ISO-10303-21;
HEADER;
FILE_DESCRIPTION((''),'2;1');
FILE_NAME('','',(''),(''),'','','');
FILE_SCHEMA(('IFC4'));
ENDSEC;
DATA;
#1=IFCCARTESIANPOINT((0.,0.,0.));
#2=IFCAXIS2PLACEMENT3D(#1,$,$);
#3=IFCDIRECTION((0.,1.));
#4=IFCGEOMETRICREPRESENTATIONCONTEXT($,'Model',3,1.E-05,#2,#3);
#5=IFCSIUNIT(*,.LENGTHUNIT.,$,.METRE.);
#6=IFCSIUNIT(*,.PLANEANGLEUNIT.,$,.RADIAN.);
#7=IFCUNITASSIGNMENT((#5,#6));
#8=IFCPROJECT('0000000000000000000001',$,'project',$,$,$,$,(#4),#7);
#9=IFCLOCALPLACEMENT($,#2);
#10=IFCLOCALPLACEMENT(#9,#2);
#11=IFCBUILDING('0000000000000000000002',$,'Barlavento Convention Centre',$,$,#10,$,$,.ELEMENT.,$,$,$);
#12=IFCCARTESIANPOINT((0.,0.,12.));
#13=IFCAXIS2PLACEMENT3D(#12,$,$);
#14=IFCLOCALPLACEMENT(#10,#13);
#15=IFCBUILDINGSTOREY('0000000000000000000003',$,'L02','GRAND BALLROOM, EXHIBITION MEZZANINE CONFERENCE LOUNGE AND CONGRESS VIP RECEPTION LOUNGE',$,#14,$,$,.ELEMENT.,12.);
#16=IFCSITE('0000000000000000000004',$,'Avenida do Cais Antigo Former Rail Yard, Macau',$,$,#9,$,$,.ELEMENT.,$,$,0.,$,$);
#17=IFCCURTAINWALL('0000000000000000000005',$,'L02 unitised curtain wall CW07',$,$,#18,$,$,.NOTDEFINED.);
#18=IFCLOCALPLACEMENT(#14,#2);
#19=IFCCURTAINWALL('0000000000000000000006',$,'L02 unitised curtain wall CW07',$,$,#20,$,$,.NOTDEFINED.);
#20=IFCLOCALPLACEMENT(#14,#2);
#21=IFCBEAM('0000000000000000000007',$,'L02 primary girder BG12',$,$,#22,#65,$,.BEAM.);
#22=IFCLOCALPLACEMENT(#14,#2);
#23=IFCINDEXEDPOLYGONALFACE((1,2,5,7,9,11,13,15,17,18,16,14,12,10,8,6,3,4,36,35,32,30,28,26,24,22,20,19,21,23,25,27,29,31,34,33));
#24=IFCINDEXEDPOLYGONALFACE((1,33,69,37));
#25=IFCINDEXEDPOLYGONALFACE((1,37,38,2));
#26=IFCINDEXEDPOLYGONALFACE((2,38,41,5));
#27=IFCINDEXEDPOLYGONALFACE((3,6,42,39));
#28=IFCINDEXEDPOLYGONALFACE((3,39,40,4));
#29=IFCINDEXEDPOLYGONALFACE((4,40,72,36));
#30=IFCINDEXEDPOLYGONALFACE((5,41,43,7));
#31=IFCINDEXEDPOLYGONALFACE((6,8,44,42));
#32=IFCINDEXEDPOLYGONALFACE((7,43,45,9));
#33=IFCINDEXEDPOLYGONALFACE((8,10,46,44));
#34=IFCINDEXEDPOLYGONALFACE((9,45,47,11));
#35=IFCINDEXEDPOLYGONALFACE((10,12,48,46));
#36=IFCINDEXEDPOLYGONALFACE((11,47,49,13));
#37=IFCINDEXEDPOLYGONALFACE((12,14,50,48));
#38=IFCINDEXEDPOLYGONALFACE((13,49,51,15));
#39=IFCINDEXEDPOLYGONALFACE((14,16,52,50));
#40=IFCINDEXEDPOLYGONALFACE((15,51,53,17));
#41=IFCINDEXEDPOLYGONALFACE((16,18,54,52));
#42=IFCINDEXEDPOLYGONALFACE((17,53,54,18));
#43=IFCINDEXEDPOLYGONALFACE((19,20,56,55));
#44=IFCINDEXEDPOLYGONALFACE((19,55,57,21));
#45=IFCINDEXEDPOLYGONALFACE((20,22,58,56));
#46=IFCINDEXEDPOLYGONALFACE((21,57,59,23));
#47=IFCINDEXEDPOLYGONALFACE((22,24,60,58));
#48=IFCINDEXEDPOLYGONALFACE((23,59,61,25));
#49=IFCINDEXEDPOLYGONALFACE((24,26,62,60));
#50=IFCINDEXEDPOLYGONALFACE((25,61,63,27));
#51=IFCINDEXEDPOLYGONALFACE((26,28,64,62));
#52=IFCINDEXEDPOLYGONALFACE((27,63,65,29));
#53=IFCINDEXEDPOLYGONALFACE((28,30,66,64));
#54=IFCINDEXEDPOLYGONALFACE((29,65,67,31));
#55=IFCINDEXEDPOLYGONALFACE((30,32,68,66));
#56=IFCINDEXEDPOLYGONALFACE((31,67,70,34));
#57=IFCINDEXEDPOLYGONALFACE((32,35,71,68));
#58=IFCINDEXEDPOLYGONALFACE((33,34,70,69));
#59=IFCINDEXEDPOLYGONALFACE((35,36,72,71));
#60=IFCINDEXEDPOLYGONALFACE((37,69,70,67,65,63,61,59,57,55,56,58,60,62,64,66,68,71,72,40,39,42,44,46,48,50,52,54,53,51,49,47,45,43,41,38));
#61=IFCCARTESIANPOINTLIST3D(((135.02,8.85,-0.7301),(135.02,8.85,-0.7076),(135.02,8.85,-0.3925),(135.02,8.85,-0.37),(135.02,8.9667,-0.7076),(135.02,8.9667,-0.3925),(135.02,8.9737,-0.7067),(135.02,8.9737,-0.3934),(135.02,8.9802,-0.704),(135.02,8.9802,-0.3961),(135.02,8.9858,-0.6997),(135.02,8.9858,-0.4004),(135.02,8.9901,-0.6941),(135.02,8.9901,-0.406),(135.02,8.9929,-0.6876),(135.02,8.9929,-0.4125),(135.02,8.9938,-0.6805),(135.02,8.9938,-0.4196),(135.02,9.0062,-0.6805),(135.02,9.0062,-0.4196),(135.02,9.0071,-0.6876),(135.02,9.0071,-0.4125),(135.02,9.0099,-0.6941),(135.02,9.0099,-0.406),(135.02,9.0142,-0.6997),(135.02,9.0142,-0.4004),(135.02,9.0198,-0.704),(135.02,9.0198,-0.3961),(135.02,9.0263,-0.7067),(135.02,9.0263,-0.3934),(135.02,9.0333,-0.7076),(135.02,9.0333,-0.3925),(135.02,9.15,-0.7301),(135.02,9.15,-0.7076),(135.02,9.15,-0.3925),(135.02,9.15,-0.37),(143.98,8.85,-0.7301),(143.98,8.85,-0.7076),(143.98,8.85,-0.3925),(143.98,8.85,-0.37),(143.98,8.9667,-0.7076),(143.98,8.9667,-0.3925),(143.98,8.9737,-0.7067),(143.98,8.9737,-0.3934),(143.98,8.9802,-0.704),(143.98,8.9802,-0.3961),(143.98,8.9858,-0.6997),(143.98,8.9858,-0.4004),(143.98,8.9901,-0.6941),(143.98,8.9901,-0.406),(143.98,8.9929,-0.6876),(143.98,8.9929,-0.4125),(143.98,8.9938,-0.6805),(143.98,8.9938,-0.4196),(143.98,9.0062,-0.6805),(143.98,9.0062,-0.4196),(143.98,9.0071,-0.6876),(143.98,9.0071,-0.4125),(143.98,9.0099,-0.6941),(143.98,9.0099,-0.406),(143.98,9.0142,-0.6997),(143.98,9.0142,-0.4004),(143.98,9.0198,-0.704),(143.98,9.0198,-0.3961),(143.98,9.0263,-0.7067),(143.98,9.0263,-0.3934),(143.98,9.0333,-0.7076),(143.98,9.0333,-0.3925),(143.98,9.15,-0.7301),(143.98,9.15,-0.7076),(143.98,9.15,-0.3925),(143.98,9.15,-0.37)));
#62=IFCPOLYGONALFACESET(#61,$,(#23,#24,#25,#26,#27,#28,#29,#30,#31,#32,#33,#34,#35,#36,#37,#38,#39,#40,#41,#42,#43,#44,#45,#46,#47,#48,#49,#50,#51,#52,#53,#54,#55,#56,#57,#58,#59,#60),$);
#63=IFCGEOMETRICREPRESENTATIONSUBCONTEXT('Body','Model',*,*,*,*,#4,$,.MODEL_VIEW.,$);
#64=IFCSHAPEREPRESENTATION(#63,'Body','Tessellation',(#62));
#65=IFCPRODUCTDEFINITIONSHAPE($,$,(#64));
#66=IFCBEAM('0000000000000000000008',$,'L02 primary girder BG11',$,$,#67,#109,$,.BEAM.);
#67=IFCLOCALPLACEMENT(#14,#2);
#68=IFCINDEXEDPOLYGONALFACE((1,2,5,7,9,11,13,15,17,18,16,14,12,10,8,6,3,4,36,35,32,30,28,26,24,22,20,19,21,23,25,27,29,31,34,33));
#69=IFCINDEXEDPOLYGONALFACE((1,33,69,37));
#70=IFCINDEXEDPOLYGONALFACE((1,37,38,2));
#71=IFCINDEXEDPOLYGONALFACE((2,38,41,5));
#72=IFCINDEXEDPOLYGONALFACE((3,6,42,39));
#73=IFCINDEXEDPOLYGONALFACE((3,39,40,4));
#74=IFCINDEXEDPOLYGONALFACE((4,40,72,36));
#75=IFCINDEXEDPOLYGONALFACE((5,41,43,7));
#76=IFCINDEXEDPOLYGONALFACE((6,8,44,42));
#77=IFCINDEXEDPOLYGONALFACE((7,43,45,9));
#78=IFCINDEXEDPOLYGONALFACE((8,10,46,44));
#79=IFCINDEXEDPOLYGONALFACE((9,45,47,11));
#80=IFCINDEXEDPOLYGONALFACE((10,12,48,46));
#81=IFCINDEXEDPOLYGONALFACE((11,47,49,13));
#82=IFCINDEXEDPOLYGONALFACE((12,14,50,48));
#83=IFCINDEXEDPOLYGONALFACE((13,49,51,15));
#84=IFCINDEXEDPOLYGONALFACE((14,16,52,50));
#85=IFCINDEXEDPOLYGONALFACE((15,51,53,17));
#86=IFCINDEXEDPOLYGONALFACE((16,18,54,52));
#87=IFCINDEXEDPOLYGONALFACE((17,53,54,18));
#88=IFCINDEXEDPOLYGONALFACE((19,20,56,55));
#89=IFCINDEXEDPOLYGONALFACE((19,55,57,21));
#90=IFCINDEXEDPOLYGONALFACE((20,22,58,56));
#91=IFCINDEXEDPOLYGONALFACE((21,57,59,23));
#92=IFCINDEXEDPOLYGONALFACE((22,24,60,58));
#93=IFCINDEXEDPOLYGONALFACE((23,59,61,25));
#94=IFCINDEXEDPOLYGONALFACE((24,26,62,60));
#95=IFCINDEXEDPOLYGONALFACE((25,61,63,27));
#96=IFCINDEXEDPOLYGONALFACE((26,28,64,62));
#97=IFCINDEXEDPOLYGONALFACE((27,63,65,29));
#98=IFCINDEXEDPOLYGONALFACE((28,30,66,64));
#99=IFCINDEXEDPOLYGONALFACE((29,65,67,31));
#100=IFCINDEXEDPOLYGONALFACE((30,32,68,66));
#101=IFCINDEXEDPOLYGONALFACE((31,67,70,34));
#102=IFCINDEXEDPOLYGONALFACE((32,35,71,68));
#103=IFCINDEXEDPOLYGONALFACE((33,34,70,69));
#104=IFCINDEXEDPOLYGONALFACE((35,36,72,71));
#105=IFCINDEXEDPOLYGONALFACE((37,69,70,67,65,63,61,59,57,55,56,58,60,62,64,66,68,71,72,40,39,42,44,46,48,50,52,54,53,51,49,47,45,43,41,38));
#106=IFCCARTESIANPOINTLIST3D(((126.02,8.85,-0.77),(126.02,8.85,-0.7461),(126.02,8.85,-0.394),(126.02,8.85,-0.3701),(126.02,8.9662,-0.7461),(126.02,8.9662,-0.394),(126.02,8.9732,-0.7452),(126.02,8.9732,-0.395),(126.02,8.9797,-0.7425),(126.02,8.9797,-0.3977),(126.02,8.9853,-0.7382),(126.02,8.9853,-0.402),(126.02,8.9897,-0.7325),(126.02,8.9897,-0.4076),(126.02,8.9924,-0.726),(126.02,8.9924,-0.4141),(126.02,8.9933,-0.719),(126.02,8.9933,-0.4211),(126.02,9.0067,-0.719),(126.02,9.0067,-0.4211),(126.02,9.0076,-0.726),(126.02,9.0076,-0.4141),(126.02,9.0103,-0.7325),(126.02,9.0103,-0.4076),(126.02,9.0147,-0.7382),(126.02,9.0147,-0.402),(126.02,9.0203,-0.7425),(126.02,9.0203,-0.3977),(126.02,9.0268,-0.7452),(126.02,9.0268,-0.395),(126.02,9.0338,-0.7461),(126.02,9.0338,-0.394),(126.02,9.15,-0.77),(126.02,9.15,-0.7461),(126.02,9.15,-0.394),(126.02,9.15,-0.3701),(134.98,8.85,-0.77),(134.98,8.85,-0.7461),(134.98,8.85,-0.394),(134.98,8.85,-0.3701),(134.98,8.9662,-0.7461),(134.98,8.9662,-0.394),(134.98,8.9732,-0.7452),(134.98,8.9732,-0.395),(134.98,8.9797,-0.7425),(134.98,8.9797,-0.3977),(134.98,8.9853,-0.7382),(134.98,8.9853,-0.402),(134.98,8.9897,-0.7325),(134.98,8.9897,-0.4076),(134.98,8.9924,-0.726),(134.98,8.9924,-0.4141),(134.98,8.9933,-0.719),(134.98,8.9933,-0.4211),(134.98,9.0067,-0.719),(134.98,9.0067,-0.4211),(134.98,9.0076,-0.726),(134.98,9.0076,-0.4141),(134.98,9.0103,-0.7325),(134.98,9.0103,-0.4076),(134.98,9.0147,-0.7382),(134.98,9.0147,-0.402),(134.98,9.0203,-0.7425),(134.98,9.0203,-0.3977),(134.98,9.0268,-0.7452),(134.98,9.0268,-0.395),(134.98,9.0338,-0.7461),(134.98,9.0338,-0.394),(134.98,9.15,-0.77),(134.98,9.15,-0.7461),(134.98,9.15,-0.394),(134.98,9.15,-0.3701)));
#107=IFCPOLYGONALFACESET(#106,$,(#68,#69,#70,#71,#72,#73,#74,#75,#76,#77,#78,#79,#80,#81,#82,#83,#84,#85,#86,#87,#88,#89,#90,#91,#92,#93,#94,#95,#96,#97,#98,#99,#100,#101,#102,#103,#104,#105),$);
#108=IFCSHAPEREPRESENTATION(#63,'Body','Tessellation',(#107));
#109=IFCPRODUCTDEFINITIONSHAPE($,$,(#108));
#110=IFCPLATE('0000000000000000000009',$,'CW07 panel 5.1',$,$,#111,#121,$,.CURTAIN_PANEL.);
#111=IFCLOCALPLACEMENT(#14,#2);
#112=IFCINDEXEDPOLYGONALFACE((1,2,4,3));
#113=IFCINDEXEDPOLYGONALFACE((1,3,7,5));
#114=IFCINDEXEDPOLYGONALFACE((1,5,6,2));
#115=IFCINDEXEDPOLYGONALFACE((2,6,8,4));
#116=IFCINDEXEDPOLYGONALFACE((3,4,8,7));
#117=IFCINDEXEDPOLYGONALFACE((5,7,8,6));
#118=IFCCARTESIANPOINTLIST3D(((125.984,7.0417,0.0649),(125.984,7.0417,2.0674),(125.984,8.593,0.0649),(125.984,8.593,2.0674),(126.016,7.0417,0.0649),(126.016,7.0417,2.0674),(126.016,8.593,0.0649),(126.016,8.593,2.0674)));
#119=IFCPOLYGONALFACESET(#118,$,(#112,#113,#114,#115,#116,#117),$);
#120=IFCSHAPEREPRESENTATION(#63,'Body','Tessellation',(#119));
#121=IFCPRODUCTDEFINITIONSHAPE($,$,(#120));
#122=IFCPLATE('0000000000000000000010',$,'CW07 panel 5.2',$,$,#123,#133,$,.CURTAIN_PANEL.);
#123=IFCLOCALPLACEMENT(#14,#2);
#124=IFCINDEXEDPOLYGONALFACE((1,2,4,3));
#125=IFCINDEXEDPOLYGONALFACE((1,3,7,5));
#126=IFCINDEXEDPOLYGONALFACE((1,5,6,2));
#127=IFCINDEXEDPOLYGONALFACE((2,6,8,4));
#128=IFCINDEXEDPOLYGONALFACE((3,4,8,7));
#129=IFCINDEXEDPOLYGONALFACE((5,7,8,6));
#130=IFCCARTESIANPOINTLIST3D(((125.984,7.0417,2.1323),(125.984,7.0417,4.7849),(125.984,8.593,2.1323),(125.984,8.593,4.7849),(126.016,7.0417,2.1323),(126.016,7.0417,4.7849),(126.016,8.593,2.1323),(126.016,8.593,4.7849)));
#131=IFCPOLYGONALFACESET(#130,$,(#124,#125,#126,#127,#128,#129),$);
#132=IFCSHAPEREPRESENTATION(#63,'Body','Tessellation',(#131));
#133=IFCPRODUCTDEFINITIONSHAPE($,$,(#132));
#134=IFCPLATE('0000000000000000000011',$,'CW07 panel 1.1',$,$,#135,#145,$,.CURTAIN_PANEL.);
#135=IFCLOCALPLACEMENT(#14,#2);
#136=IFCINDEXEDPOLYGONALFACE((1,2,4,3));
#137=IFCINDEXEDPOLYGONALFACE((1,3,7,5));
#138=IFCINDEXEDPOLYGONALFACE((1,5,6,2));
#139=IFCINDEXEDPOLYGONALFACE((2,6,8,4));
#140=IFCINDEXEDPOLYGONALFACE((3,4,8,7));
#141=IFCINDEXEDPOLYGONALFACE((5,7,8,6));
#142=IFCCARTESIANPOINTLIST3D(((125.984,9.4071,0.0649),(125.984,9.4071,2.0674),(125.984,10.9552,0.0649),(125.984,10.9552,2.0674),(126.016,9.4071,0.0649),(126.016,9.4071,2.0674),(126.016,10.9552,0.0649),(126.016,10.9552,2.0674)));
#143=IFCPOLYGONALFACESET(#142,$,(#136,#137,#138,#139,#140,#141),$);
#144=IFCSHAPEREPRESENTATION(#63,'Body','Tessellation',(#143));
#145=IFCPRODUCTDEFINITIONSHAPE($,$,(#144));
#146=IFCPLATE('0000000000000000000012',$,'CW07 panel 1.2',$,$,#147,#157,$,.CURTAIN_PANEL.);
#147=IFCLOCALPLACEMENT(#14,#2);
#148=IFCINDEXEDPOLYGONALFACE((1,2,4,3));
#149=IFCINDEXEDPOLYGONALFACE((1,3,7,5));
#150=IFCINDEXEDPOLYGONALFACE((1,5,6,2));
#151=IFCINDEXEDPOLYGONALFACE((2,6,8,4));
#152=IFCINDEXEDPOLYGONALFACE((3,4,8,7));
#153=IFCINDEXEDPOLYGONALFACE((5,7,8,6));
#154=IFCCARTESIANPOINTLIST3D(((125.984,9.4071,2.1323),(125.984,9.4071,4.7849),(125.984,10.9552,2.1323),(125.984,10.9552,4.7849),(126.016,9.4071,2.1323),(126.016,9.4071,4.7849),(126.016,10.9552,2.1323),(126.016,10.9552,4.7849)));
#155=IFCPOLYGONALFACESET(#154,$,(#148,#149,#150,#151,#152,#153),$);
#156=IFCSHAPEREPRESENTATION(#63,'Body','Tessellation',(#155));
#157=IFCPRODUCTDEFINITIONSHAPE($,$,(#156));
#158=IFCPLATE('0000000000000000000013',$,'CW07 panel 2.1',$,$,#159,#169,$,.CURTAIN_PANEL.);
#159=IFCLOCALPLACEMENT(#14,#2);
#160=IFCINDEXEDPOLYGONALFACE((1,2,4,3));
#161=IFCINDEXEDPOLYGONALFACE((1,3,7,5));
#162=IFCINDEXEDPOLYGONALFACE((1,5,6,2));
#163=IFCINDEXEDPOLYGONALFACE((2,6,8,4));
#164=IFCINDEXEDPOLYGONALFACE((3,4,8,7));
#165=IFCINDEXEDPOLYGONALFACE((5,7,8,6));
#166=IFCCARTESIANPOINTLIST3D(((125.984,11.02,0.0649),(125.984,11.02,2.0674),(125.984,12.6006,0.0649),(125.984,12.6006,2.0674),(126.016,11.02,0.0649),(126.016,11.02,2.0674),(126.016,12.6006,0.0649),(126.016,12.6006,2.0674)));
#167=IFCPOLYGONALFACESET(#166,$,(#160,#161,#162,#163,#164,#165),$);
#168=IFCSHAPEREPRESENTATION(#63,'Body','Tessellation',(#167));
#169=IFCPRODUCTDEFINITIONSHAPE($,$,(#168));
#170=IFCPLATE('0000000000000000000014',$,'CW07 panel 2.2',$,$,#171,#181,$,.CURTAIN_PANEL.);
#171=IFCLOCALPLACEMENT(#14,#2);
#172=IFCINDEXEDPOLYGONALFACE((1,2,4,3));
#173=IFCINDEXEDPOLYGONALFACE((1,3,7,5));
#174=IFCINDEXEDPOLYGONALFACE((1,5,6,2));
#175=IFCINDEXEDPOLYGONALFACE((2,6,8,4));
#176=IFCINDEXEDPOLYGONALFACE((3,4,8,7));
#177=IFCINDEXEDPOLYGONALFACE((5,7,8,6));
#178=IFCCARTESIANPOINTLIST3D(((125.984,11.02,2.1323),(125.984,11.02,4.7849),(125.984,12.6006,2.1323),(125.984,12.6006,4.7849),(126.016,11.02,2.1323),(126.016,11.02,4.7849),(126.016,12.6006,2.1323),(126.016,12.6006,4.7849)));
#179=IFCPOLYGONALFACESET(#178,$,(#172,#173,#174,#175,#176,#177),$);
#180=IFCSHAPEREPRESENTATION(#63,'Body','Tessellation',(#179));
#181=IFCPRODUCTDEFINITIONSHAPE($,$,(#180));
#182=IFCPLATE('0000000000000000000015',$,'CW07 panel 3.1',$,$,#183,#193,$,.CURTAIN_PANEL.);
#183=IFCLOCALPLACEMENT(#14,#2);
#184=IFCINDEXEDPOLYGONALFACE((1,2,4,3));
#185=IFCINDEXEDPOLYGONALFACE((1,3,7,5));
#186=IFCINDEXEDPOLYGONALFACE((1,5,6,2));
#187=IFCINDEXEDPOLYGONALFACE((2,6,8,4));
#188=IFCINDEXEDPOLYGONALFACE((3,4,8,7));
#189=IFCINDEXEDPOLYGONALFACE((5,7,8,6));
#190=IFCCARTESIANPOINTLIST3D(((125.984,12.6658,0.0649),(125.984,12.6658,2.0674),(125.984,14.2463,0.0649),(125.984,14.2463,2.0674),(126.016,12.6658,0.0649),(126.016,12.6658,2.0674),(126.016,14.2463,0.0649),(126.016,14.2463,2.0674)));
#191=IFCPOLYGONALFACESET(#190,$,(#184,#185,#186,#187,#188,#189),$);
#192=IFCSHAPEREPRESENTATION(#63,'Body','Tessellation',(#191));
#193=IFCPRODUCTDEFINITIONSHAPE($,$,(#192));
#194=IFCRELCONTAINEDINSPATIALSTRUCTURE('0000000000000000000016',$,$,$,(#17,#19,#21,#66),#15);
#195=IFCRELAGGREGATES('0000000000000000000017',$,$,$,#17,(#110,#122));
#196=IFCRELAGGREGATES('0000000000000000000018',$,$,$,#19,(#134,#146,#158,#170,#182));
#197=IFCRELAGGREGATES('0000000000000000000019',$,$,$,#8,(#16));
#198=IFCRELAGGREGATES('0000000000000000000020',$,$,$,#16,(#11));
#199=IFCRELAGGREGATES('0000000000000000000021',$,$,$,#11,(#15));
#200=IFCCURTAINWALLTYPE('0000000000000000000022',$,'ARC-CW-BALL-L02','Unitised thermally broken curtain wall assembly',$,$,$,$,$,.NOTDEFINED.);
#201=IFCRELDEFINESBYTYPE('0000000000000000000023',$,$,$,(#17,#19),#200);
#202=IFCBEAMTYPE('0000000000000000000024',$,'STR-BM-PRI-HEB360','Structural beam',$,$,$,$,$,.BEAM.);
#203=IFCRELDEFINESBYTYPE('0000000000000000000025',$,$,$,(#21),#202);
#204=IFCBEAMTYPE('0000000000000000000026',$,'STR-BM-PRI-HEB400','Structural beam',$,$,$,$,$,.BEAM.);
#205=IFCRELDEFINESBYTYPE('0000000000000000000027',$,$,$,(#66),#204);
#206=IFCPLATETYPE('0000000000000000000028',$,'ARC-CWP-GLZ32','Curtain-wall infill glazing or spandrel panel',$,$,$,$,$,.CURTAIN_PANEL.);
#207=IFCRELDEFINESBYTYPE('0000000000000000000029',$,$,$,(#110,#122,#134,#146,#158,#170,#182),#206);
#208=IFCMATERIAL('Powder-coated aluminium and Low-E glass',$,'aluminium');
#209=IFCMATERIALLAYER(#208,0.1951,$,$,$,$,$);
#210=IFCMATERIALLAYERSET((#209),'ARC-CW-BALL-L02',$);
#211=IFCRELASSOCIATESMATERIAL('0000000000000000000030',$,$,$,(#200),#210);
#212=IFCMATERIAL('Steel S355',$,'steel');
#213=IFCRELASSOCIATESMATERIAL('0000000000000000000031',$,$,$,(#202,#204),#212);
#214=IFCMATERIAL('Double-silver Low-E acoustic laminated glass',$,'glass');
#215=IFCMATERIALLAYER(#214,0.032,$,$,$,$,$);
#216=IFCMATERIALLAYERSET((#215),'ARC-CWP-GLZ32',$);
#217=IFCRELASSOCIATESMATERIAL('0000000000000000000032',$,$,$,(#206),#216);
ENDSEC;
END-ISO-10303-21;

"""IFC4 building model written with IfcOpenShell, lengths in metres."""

from ifc_helpers import new_model, si_unit, direction, frame, origin, origin_2d, place, context, subcontext, project, spatial, rectangle, i_section, extrude, material, layer, layer_set, material_profile, profile_set, type_object, element, aggregate, save


model = new_model("IFC4")

# Units and contexts
model_context = context("Model", 3, precision=1e-05, world=origin(), true_north=direction((0.0, 1.0)))
body_context = subcontext(model_context, "Body", "Model", "MODEL_VIEW")
ifc_project = project(units=[si_unit("LENGTHUNIT", "METRE"), si_unit("PLANEANGLEUNIT", "RADIAN")], contexts=[model_context])

# Site, building, storey
site_placement = place(None, origin())
site = spatial("IfcSite", under=ifc_project, at=site_placement, Name="Avenida do Cais Antigo Former Rail Yard, Macau", CompositionType="ELEMENT", RefElevation=0.0)
building_placement = place(site_placement, origin())
building = spatial("IfcBuilding", under=site, at=building_placement, Name="Barlavento Convention Centre", CompositionType="ELEMENT")
storey_placement = place(building_placement, frame((0.0, 0.0, 12.0)))
storey = spatial("IfcBuildingStorey", under=building, at=storey_placement, Name="L02", Description="GRAND BALLROOM, EXHIBITION MEZZANINE CONFERENCE LOUNGE AND CONGRESS VIP RECEPTION LOUNGE", CompositionType="ELEMENT", Elevation=12.0)

# Curtain wall
ifc_material_1 = material(Name="Powder-coated aluminium and Low-E glass", Category="aluminium")
ifc_layer_1 = layer(ifc_material_1, 0.1951)
ifc_layer_set_1 = layer_set([ifc_layer_1], Name="ARC-CW-BALL-L02")
curtain_wall_type = type_object("IfcCurtainWallType", Name="ARC-CW-BALL-L02", Description="Unitised thermally broken curtain wall assembly", PredefinedType="NOTDEFINED", material=ifc_layer_set_1)
curtain_wall_1_placement = place(storey_placement, origin())
curtain_wall_1 = element("IfcCurtainWall", 1, at=curtain_wall_1_placement, inside=storey, type_object=curtain_wall_type, Name="L02 unitised curtain wall CW07", PredefinedType="NOTDEFINED")

# Curtain wall
curtain_wall_2_placement = place(storey_placement, origin())
curtain_wall_2 = element("IfcCurtainWall", 2, at=curtain_wall_2_placement, inside=storey, type_object=curtain_wall_type, Name="L02 unitised curtain wall CW07", PredefinedType="NOTDEFINED")

# Beams
ifc_material_2 = material(Name="Steel S355", Category="steel")
ifc_material_profile_1 = material_profile(ifc_material_2, i_section(OverallWidth=0.3, OverallDepth=0.3601, WebThickness=0.0125, FlangeThickness=0.0225, FilletRadius=0.0271, at=origin_2d()), Name="HEB 360")
ifc_profile_set_1 = profile_set([ifc_material_profile_1], Name="Steel S355")
beam_type_1 = type_object("IfcBeamType", Name="STR-BM-PRI-HEB360", Description="Structural beam", PredefinedType="BEAM", material=ifc_profile_set_1)
beam_1_placement = place(storey_placement, frame((135.02, 9.0, -0.55), z_axis=(1.0, 0.0, 0.0), x_axis=(0.0, 1.0, 0.0)))
element("IfcBeam", 3, at=beam_1_placement, inside=storey, type_object=beam_type_1, Name="L02 primary girder BG12", PredefinedType="BEAM", context=body_context, shape_type="SweptSolid", body=[
    extrude(i_section(OverallWidth=0.3, OverallDepth=0.3601, WebThickness=0.0125, FlangeThickness=0.0225, FilletRadius=0.0271, at=origin_2d()), origin(), (0.0, 0.0, 1.0), 8.96),
])
ifc_material_profile_2 = material_profile(ifc_material_2, i_section(OverallWidth=0.3, OverallDepth=0.3999, WebThickness=0.0134, FlangeThickness=0.0239, FilletRadius=0.0271, at=origin_2d()), Name="HEB 400")
ifc_profile_set_2 = profile_set([ifc_material_profile_2], Name="Steel S355")
beam_type_2 = type_object("IfcBeamType", Name="STR-BM-PRI-HEB400", Description="Structural beam", PredefinedType="BEAM", material=ifc_profile_set_2)
beam_2_placement = place(storey_placement, frame((126.02, 9.0, -0.5701), z_axis=(1.0, 0.0, 0.0), x_axis=(0.0, 1.0, 0.0)))
element("IfcBeam", 4, at=beam_2_placement, inside=storey, type_object=beam_type_2, Name="L02 primary girder BG11", PredefinedType="BEAM", context=body_context, shape_type="SweptSolid", body=[
    extrude(i_section(OverallWidth=0.3, OverallDepth=0.3999, WebThickness=0.0134, FlangeThickness=0.0239, FilletRadius=0.0271, at=origin_2d()), origin(), (0.0, 0.0, 1.0), 8.96),
])

# Plates
ifc_material_3 = material(Name="Double-silver Low-E acoustic laminated glass", Category="glass")
ifc_layer_2 = layer(ifc_material_3, 0.032)
ifc_layer_set_2 = layer_set([ifc_layer_2], Name="ARC-CWP-GLZ32")
plate_type = type_object("IfcPlateType", Name="ARC-CWP-GLZ32", Description="Curtain-wall infill glazing or spandrel panel", PredefinedType="CURTAIN_PANEL", material=ifc_layer_set_2)
plate_1_placement = place(storey_placement, frame((126.0, 7.8174, 0.0649), z_axis=(0.0, 0.0, 1.0), x_axis=(0.0, 1.0, 0.0)))
plate_1 = element("IfcPlate", 5, at=plate_1_placement, type_object=plate_type, Name="CW07 panel 5.1", PredefinedType="CURTAIN_PANEL", context=body_context, shape_type="SweptSolid", body=[
    extrude(rectangle(XDim=1.5513, YDim=0.032, at=origin_2d()), origin(), (0.0, 0.0, 1.0), 2.0024),
])
plate_2_placement = place(storey_placement, frame((126.0, 7.8174, 2.1323), z_axis=(0.0, 0.0, 1.0), x_axis=(0.0, 1.0, 0.0)))
plate_2 = element("IfcPlate", 6, at=plate_2_placement, type_object=plate_type, Name="CW07 panel 5.2", PredefinedType="CURTAIN_PANEL", context=body_context, shape_type="SweptSolid", body=[
    extrude(rectangle(XDim=1.5513, YDim=0.032, at=origin_2d()), origin(), (0.0, 0.0, 1.0), 2.6526),
])
aggregate(curtain_wall_1, [plate_1, plate_2])
plate_3_placement = place(storey_placement, frame((126.0, 10.1812, 0.0649), z_axis=(0.0, 0.0, 1.0), x_axis=(0.0, 1.0, 0.0)))
plate_3 = element("IfcPlate", 7, at=plate_3_placement, type_object=plate_type, Name="CW07 panel 1.1", PredefinedType="CURTAIN_PANEL", context=body_context, shape_type="SweptSolid", body=[
    extrude(rectangle(XDim=1.5481, YDim=0.032, at=origin_2d()), origin(), (0.0, 0.0, 1.0), 2.0024),
])
plate_4_placement = place(storey_placement, frame((126.0, 10.1812, 2.1323), z_axis=(0.0, 0.0, 1.0), x_axis=(0.0, 1.0, 0.0)))
plate_4 = element("IfcPlate", 8, at=plate_4_placement, type_object=plate_type, Name="CW07 panel 1.2", PredefinedType="CURTAIN_PANEL", context=body_context, shape_type="SweptSolid", body=[
    extrude(rectangle(XDim=1.5481, YDim=0.032, at=origin_2d()), origin(), (0.0, 0.0, 1.0), 2.6526),
])
plate_5_placement = place(storey_placement, frame((126.0, 11.8103, 0.0649), z_axis=(0.0, 0.0, 1.0), x_axis=(0.0, 1.0, 0.0)))
plate_5 = element("IfcPlate", 9, at=plate_5_placement, type_object=plate_type, Name="CW07 panel 2.1", PredefinedType="CURTAIN_PANEL", context=body_context, shape_type="SweptSolid", body=[
    extrude(rectangle(XDim=1.5806, YDim=0.032, at=origin_2d()), origin(), (0.0, 0.0, 1.0), 2.0024),
])
plate_6_placement = place(storey_placement, frame((126.0, 11.8103, 2.1323), z_axis=(0.0, 0.0, 1.0), x_axis=(0.0, 1.0, 0.0)))
plate_6 = element("IfcPlate", 10, at=plate_6_placement, type_object=plate_type, Name="CW07 panel 2.2", PredefinedType="CURTAIN_PANEL", context=body_context, shape_type="SweptSolid", body=[
    extrude(rectangle(XDim=1.5806, YDim=0.032, at=origin_2d()), origin(), (0.0, 0.0, 1.0), 2.6526),
])
plate_7_placement = place(storey_placement, frame((126.0, 13.4561, 0.0649), z_axis=(0.0, 0.0, 1.0), x_axis=(0.0, 1.0, 0.0)))
plate_7 = element("IfcPlate", 11, at=plate_7_placement, type_object=plate_type, Name="CW07 panel 3.1", PredefinedType="CURTAIN_PANEL", context=body_context, shape_type="SweptSolid", body=[
    extrude(rectangle(XDim=1.5806, YDim=0.032, at=origin_2d()), origin(), (0.0, 0.0, 1.0), 2.0024),
])
aggregate(curtain_wall_2, [plate_3, plate_4, plate_5, plate_6, plate_7])

save(model, "model.ifc")
